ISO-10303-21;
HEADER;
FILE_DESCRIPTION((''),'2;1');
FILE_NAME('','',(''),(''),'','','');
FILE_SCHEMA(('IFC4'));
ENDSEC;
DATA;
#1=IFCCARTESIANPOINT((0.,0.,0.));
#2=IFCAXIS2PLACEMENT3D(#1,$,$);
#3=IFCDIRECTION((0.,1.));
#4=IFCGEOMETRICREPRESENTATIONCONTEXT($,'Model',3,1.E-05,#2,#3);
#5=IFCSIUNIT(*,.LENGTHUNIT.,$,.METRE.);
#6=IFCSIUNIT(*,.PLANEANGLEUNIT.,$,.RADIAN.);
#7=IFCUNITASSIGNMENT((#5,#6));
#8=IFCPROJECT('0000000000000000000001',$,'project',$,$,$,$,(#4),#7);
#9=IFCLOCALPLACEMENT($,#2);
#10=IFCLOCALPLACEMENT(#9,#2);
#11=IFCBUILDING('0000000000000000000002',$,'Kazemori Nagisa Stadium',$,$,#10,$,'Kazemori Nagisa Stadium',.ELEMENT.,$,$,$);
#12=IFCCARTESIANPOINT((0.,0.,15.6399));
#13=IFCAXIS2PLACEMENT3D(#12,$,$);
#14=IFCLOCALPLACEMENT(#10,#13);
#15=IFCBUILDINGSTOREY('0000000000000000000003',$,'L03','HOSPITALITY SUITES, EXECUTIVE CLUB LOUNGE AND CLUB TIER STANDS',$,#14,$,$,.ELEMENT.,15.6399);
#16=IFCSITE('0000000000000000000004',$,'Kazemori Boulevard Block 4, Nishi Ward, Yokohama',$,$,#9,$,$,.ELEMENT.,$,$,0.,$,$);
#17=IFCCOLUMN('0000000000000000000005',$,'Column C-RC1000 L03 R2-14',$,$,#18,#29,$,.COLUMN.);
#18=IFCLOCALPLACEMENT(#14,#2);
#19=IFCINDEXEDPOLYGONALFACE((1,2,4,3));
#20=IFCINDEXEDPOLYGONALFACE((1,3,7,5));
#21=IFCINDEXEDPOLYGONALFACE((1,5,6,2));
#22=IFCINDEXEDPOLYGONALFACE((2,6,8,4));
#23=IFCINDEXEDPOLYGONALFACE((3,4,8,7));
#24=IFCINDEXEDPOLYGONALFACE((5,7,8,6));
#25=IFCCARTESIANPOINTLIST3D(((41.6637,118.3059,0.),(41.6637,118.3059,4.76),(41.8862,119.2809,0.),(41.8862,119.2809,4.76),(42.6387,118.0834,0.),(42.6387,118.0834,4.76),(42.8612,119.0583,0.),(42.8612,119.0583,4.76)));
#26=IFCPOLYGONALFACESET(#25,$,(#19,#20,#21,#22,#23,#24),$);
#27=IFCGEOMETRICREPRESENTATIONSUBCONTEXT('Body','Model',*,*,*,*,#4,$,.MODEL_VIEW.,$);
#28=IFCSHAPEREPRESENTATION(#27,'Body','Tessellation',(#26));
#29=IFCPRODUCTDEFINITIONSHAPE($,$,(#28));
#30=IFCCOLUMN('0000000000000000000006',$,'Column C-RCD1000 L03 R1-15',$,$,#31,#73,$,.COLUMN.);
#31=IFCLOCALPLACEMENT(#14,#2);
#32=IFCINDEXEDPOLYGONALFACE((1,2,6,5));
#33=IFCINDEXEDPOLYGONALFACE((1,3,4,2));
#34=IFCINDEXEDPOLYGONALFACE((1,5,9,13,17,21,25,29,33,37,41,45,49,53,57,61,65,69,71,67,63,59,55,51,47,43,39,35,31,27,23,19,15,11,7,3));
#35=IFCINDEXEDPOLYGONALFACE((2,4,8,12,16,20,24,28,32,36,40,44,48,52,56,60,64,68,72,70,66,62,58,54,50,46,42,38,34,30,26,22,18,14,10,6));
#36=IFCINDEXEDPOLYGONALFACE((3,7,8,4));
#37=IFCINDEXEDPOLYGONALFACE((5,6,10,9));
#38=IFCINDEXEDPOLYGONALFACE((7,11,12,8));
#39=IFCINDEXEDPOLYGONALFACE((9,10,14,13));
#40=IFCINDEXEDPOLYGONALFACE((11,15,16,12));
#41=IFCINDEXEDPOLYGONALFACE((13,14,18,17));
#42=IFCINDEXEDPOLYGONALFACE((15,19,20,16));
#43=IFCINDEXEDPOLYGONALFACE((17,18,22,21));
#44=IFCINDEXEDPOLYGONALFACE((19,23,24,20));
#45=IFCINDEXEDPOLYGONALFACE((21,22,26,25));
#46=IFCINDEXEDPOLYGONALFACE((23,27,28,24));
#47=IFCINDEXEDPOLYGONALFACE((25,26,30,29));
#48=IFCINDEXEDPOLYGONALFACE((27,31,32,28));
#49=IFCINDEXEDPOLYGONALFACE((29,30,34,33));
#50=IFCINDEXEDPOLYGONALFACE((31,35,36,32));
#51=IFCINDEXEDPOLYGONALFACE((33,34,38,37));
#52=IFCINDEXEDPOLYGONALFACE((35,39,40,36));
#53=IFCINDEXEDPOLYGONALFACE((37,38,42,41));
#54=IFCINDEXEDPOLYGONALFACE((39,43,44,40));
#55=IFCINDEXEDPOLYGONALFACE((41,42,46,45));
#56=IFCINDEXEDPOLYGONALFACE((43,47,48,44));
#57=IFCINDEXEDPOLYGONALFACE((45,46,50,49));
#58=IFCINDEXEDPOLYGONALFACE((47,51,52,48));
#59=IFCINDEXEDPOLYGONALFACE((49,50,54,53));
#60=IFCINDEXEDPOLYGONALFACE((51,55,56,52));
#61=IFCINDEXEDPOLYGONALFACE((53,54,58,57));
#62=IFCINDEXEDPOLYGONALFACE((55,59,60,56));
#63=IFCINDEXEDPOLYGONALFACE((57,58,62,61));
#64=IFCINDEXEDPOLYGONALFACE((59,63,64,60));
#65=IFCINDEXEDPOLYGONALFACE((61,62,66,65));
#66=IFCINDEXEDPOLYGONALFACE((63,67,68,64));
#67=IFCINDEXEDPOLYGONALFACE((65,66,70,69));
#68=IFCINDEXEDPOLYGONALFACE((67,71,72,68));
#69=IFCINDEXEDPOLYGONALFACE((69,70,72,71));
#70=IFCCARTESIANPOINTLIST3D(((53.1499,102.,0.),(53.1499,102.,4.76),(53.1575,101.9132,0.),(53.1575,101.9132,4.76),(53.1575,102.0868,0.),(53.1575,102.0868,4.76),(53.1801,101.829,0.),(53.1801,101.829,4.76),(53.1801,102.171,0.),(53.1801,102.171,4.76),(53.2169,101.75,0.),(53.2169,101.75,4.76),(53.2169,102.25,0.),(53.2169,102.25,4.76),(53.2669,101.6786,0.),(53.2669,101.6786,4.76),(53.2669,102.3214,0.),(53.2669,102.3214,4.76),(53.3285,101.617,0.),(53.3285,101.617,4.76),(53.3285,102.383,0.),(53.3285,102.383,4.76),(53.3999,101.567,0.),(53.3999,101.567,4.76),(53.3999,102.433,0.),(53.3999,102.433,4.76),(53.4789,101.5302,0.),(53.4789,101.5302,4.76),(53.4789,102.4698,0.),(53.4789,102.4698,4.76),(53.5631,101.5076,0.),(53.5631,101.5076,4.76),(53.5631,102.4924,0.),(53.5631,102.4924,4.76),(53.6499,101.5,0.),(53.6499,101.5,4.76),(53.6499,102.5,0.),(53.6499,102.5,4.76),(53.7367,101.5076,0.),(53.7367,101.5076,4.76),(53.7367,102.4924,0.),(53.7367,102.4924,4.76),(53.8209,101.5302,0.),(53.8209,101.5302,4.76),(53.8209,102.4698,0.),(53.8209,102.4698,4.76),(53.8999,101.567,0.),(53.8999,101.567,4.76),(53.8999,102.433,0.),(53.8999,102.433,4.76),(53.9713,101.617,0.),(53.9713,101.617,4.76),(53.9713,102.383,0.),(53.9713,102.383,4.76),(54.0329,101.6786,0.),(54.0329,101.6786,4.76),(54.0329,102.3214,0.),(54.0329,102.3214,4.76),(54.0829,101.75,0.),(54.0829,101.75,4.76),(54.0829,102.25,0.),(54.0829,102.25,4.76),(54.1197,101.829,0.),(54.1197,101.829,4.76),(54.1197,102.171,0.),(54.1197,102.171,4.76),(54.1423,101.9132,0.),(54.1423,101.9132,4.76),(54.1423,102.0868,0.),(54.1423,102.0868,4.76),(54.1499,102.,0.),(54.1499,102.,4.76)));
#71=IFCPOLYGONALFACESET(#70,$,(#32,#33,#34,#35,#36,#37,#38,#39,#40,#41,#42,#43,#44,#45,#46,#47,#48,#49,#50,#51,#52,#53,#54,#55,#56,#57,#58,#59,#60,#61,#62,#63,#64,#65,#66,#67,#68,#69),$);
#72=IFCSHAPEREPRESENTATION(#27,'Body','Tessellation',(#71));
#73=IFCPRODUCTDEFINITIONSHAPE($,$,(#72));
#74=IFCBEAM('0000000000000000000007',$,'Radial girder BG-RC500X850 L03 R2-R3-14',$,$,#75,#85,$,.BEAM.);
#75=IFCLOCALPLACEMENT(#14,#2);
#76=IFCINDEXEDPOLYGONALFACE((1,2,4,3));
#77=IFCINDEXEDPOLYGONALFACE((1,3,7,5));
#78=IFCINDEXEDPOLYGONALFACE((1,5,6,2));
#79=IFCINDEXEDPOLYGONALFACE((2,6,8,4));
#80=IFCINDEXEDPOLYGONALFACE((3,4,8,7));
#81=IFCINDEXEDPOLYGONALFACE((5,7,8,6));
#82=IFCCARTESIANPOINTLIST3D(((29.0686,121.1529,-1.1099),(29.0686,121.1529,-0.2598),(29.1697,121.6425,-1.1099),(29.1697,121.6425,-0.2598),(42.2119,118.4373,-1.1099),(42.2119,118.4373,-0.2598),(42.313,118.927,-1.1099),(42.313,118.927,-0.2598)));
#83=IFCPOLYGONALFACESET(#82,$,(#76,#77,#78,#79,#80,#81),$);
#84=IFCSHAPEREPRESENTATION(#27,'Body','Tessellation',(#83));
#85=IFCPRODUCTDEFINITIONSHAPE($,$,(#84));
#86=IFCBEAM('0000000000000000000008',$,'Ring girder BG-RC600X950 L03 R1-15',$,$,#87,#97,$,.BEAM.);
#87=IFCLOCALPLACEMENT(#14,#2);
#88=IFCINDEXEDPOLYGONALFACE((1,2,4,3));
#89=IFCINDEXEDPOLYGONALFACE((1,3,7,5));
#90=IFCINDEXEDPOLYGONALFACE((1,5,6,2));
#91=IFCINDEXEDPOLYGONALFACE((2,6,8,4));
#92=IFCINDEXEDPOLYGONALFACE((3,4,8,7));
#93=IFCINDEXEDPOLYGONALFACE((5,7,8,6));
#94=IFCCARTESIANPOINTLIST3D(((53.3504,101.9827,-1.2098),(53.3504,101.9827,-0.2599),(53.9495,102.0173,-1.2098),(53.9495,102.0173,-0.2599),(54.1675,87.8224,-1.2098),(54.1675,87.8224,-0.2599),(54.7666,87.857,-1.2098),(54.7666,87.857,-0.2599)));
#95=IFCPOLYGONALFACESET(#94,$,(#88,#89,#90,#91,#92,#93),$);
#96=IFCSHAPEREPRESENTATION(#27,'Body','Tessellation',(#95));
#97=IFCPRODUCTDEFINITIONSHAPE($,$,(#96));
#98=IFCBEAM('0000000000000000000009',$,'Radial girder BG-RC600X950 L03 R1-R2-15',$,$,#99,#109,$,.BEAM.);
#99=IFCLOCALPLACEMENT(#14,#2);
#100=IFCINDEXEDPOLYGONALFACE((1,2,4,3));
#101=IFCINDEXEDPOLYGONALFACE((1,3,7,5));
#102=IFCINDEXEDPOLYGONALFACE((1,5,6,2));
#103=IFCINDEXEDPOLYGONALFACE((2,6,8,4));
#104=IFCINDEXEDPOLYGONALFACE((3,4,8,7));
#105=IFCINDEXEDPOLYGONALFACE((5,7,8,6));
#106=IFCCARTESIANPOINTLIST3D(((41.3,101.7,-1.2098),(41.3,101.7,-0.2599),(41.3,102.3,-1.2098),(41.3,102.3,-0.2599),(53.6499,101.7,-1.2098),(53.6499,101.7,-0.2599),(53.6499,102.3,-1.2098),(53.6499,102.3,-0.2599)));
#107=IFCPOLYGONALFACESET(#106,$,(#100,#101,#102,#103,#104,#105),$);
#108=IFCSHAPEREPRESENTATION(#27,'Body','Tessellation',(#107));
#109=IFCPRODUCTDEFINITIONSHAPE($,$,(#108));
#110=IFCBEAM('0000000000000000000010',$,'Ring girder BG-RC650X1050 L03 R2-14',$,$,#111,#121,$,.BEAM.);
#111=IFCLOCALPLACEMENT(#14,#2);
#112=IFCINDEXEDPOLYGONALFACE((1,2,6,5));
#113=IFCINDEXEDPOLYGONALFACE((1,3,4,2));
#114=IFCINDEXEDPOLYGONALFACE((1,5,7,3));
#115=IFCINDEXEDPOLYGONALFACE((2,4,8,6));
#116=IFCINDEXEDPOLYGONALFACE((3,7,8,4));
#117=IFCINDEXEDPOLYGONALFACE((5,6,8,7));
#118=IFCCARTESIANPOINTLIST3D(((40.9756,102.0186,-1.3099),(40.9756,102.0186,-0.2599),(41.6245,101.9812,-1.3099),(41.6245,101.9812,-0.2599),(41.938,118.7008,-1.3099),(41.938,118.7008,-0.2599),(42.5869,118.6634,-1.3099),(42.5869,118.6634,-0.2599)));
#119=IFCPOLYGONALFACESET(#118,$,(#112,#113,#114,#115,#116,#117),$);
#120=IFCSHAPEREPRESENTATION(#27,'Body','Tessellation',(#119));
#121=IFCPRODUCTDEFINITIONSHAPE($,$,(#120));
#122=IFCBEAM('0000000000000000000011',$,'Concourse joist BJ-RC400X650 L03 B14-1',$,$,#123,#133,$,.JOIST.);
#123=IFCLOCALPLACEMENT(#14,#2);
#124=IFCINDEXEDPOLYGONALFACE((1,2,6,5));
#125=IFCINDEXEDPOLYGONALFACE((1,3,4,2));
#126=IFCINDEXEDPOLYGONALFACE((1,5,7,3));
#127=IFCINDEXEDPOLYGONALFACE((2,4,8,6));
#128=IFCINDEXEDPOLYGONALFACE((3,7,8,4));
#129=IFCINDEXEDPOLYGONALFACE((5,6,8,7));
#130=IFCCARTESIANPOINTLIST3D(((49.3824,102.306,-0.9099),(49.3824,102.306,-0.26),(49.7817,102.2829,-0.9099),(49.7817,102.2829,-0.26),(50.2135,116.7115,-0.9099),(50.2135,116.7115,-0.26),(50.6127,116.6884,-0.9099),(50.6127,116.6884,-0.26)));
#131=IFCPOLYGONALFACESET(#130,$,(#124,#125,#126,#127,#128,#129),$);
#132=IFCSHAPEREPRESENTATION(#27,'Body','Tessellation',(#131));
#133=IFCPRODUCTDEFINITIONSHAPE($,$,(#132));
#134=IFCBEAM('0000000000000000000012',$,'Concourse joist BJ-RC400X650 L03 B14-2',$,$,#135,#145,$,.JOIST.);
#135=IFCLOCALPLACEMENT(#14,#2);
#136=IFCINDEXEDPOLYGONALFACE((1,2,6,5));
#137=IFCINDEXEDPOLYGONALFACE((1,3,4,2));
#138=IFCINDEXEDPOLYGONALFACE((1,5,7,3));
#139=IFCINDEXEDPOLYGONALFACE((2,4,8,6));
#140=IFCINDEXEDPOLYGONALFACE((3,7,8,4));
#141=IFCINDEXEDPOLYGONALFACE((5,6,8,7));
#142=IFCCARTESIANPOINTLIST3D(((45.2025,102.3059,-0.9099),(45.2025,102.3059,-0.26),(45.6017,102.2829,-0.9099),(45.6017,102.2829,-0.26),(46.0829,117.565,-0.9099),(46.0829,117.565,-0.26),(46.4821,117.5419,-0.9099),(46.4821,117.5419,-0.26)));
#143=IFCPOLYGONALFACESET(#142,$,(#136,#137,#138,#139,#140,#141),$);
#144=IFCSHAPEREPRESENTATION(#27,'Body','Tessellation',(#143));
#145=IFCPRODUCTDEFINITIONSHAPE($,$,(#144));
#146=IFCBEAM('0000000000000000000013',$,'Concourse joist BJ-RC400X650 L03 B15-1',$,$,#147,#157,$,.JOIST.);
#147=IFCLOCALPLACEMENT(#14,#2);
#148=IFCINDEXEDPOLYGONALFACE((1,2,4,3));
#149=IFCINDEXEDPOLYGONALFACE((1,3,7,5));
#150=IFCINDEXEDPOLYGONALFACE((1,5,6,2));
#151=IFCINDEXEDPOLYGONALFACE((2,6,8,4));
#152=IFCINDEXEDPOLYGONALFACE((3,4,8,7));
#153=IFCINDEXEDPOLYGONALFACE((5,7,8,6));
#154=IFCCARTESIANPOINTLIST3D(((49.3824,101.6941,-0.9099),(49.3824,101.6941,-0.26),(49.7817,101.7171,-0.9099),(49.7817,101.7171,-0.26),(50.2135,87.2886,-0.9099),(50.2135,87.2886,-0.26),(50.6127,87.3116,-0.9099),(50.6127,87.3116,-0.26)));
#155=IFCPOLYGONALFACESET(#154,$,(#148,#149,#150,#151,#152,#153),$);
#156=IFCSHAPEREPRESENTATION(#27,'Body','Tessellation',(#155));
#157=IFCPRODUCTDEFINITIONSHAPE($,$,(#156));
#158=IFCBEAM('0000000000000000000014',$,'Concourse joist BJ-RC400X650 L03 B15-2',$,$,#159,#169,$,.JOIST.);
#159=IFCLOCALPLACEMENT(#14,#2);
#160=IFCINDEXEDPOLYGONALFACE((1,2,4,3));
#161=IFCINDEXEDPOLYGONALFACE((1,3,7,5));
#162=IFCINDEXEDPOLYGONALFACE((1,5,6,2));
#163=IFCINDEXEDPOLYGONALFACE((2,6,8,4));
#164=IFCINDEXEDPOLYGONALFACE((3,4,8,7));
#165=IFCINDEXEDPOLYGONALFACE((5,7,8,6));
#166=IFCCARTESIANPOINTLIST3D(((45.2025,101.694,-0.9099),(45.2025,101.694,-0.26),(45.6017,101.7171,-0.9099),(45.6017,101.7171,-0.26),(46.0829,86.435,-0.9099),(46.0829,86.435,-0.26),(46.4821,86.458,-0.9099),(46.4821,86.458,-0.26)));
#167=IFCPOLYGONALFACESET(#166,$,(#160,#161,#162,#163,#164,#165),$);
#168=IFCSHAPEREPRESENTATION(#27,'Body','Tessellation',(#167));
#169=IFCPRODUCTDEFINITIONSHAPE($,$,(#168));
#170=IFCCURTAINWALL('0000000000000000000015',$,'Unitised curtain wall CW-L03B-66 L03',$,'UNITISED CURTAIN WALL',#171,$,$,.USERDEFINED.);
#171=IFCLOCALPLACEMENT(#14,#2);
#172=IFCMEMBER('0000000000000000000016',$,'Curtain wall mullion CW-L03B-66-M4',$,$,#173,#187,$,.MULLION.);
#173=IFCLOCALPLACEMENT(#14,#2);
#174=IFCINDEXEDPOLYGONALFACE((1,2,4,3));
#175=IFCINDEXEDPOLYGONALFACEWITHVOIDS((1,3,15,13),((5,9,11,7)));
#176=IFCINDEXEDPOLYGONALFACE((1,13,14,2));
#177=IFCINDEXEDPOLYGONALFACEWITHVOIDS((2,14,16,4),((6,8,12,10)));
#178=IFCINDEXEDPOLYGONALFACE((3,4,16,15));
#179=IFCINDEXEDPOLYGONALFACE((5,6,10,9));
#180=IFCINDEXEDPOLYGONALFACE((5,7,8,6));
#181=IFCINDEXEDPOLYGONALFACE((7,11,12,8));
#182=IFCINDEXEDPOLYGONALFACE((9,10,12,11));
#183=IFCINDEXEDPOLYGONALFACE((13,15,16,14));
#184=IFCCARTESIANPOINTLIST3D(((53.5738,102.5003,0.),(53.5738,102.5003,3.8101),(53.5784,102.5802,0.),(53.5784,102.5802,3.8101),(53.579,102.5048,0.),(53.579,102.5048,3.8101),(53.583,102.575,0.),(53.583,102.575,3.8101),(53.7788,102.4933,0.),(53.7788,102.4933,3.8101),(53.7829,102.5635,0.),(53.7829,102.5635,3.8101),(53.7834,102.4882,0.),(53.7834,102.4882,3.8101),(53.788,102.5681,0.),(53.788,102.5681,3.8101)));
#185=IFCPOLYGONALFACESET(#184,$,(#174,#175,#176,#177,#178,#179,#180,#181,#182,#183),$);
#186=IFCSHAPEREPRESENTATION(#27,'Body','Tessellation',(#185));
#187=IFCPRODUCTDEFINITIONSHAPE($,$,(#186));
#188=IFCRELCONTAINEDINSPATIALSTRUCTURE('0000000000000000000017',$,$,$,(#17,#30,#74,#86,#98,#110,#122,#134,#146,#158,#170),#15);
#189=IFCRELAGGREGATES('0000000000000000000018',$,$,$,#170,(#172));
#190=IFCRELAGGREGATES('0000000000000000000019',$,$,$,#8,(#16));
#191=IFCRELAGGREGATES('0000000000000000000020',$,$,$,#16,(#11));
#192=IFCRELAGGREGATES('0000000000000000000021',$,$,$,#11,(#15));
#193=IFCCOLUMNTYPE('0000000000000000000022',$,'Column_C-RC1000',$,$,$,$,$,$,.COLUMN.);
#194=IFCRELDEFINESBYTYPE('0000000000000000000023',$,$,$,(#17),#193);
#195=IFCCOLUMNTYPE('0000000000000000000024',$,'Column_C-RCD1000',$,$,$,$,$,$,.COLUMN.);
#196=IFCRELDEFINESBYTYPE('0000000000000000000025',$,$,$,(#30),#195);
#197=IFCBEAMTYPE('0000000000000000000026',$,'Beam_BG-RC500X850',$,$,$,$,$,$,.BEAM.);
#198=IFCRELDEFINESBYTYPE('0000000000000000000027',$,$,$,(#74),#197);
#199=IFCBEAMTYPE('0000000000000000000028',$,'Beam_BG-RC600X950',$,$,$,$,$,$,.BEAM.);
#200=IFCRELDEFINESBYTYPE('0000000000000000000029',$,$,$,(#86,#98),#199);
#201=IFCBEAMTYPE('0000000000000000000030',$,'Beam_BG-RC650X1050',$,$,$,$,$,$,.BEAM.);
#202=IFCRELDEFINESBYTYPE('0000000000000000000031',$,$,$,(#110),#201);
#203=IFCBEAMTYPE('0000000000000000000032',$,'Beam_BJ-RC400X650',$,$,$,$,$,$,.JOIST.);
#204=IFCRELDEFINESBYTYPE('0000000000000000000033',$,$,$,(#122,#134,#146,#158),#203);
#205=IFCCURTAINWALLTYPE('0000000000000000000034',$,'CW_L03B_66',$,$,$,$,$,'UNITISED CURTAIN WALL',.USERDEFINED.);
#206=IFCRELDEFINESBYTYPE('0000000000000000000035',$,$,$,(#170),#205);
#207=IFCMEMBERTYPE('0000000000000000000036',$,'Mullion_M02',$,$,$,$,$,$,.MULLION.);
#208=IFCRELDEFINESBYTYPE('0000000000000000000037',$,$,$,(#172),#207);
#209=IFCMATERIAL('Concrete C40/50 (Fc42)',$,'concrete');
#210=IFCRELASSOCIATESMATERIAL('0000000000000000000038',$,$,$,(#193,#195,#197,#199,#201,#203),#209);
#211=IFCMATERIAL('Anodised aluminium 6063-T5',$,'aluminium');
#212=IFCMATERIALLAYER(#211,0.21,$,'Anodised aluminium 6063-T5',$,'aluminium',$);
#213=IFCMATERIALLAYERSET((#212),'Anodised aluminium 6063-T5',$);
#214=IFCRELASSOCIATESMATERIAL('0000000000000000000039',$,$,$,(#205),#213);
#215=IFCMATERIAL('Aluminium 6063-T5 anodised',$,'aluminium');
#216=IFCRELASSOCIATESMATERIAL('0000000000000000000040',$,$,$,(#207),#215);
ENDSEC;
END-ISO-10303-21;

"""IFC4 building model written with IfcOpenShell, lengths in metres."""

from ifc_helpers import new_model, si_unit, direction, frame, origin, origin_2d, place, context, subcontext, project, spatial, rectangle, hollow_rectangle, circle, extrude, material, layer, layer_set, material_profile, profile_set, type_object, element, aggregate, save


model = new_model("IFC4")

# Units and contexts
model_context = context("Model", 3, precision=1e-05, world=origin(), true_north=direction((0.0, 1.0)))
body_context = subcontext(model_context, "Body", "Model", "MODEL_VIEW")
ifc_project = project(units=[si_unit("LENGTHUNIT", "METRE"), si_unit("PLANEANGLEUNIT", "RADIAN")], contexts=[model_context])

# Site, building, storey
site_placement = place(None, origin())
site = spatial("IfcSite", under=ifc_project, at=site_placement, Name="Kazemori Boulevard Block 4, Nishi Ward, Yokohama", CompositionType="ELEMENT", RefElevation=0.0)
building_placement = place(site_placement, origin())
building = spatial("IfcBuilding", under=site, at=building_placement, Name="Kazemori Nagisa Stadium", LongName="Kazemori Nagisa Stadium", CompositionType="ELEMENT")
storey_placement = place(building_placement, frame((0.0, 0.0, 15.6399)))
storey = spatial("IfcBuildingStorey", under=building, at=storey_placement, Name="L03", Description="HOSPITALITY SUITES, EXECUTIVE CLUB LOUNGE AND CLUB TIER STANDS", CompositionType="ELEMENT", Elevation=15.6399)

# Columns
ifc_material_1 = material(Name="Concrete C40/50 (Fc42)", Category="concrete")
ifc_material_profile_1 = material_profile(ifc_material_1, rectangle(XDim=1.0, YDim=1.0, at=origin_2d()), Name="RC-COL-1000x1000")
ifc_profile_set_1 = profile_set([ifc_material_profile_1], Name="Concrete C40/50 (Fc42)")
column_type_1 = type_object("IfcColumnType", Name="Column_C-RC1000", PredefinedType="COLUMN", material=ifc_profile_set_1)
column_1_placement = place(storey_placement, frame((42.2625, 118.6821, 0.0), z_axis=(0.0, 0.0, 1.0), x_axis=(-0.974928, 0.222521, 0.0)))
element("IfcColumn", 1, at=column_1_placement, inside=storey, type_object=column_type_1, Name="Column C-RC1000 L03 R2-14", PredefinedType="COLUMN", context=body_context, shape_type="SweptSolid", body=[
    extrude(rectangle(XDim=1.0, YDim=1.0, at=origin_2d()), origin(), (0.0, 0.0, 1.0), 4.76),
])
ifc_material_profile_2 = material_profile(ifc_material_1, circle(Radius=0.5, at=origin_2d()), Name="RC-COL-D1000")
ifc_profile_set_2 = profile_set([ifc_material_profile_2], Name="Concrete C40/50 (Fc42)")
column_type_2 = type_object("IfcColumnType", Name="Column_C-RCD1000", PredefinedType="COLUMN", material=ifc_profile_set_2)
column_2_placement = place(storey_placement, frame((53.6499, 102.0, 0.0), z_axis=(0.0, 0.0, 1.0), x_axis=(-1.0, 0.0, 0.0)))
element("IfcColumn", 2, at=column_2_placement, inside=storey, type_object=column_type_2, Name="Column C-RCD1000 L03 R1-15", PredefinedType="COLUMN", context=body_context, shape_type="SweptSolid", body=[
    extrude(circle(Radius=0.5, at=origin_2d()), origin(), (0.0, 0.0, 1.0), 4.76),
])

# Beams
ifc_material_profile_3 = material_profile(ifc_material_1, rectangle(XDim=0.5, YDim=0.8501, at=origin_2d()), Name="RC-BM-500x850")
ifc_profile_set_3 = profile_set([ifc_material_profile_3], Name="Concrete C40/50 (Fc42)")
beam_type_1 = type_object("IfcBeamType", Name="Beam_BG-RC500X850", PredefinedType="BEAM", material=ifc_profile_set_3)
beam_1_placement = place(storey_placement, frame((42.2625, 118.6821, -0.6848), z_axis=(-0.979316, 0.202339, 0.0), x_axis=(-0.202339, -0.979316, 0.0)))
element("IfcBeam", 3, at=beam_1_placement, inside=storey, type_object=beam_type_1, Name="Radial girder BG-RC500X850 L03 R2-R3-14", PredefinedType="BEAM", context=body_context, shape_type="SweptSolid", body=[
    extrude(rectangle(XDim=0.5, YDim=0.8501, at=origin_2d()), origin(), (0.0, 0.0, 1.0), 13.4209),
])
ifc_material_profile_4 = material_profile(ifc_material_1, rectangle(XDim=0.6001, YDim=0.95, at=origin_2d()), Name="RC-BM-600x950")
ifc_profile_set_4 = profile_set([ifc_material_profile_4], Name="Concrete C40/50 (Fc42)")
beam_type_2 = type_object("IfcBeamType", Name="Beam_BG-RC600X950", PredefinedType="BEAM", material=ifc_profile_set_4)
beam_2_placement = place(storey_placement, frame((53.6499, 102.0, -0.7349), z_axis=(0.05761, -0.998339, 0.0), x_axis=(0.998339, 0.05761, 0.0)))
element("IfcBeam", 4, at=beam_2_placement, inside=storey, type_object=beam_type_2, Name="Ring girder BG-RC600X950 L03 R1-15", PredefinedType="BEAM", context=body_context, shape_type="SweptSolid", body=[
    extrude(rectangle(XDim=0.6001, YDim=0.95, at=origin_2d()), origin(), (0.0, 0.0, 1.0), 14.1838),
])
beam_3_placement = place(storey_placement, frame((53.6499, 102.0, -0.7349), z_axis=(-1.0, 0.0, 0.0), x_axis=(0.0, -1.0, 0.0)))
element("IfcBeam", 5, at=beam_3_placement, inside=storey, type_object=beam_type_2, Name="Radial girder BG-RC600X950 L03 R1-R2-15", PredefinedType="BEAM", context=body_context, shape_type="SweptSolid", body=[
    extrude(rectangle(XDim=0.6001, YDim=0.95, at=origin_2d()), origin(), (0.0, 0.0, 1.0), 12.3499),
])
ifc_material_profile_5 = material_profile(ifc_material_1, rectangle(XDim=0.6499, YDim=1.05, at=origin_2d()), Name="RC-BM-650x1050")
ifc_profile_set_5 = profile_set([ifc_material_profile_5], Name="Concrete C40/50 (Fc42)")
beam_type_3 = type_object("IfcBeamType", Name="Beam_BG-RC650X1050", PredefinedType="BEAM", material=ifc_profile_set_5)
beam_4_placement = place(storey_placement, frame((42.2625, 118.6821, -0.7849), z_axis=(-0.057595, -0.99834, 0.0), x_axis=(0.99834, -0.057595, 0.0)))
element("IfcBeam", 6, at=beam_4_placement, inside=storey, type_object=beam_type_3, Name="Ring girder BG-RC650X1050 L03 R2-14", PredefinedType="BEAM", context=body_context, shape_type="SweptSolid", body=[
    extrude(rectangle(XDim=0.6499, YDim=1.05, at=origin_2d()), origin(), (0.0, 0.0, 1.0), 16.71),
])
ifc_material_profile_6 = material_profile(ifc_material_1, rectangle(XDim=0.3999, YDim=0.6499, at=origin_2d()), Name="RC-BM-400x650")
ifc_profile_set_6 = profile_set([ifc_material_profile_6], Name="Concrete C40/50 (Fc42)")
beam_type_4 = type_object("IfcBeamType", Name="Beam_BJ-RC400X650", PredefinedType="JOIST", material=ifc_profile_set_6)
beam_5_placement = place(storey_placement, frame((50.4131, 116.7, -0.585), z_axis=(-0.057594, -0.99834, 0.0), x_axis=(0.99834, -0.057594, 0.0)))
element("IfcBeam", 7, at=beam_5_placement, inside=storey, type_object=beam_type_4, Name="Concourse joist BJ-RC400X650 L03 B14-1", PredefinedType="JOIST", context=body_context, shape_type="SweptSolid", body=[
    extrude(rectangle(XDim=0.3999, YDim=0.6499, at=origin_2d()), origin(), (0.0, 0.0, 1.0), 14.4294),
])
beam_6_placement = place(storey_placement, frame((46.2825, 117.5535, -0.585), z_axis=(-0.057599, -0.99834, 0.0), x_axis=(0.99834, -0.057599, 0.0)))
element("IfcBeam", 8, at=beam_6_placement, inside=storey, type_object=beam_type_4, Name="Concourse joist BJ-RC400X650 L03 B14-2", PredefinedType="JOIST", context=body_context, shape_type="SweptSolid", body=[
    extrude(rectangle(XDim=0.3999, YDim=0.6499, at=origin_2d()), origin(), (0.0, 0.0, 1.0), 15.2844),
])
beam_7_placement = place(storey_placement, frame((49.582, 101.7056, -0.585), z_axis=(0.057594, -0.99834, 0.0), x_axis=(0.99834, 0.057594, 0.0)))
element("IfcBeam", 9, at=beam_7_placement, inside=storey, type_object=beam_type_4, Name="Concourse joist BJ-RC400X650 L03 B15-1", PredefinedType="JOIST", context=body_context, shape_type="SweptSolid", body=[
    extrude(rectangle(XDim=0.3999, YDim=0.6499, at=origin_2d()), origin(), (0.0, 0.0, 1.0), 14.4294),
])
beam_8_placement = place(storey_placement, frame((45.4021, 101.7056, -0.585), z_axis=(0.057599, -0.99834, 0.0), x_axis=(0.99834, 0.057599, 0.0)))
element("IfcBeam", 10, at=beam_8_placement, inside=storey, type_object=beam_type_4, Name="Concourse joist BJ-RC400X650 L03 B15-2", PredefinedType="JOIST", context=body_context, shape_type="SweptSolid", body=[
    extrude(rectangle(XDim=0.3999, YDim=0.6499, at=origin_2d()), origin(), (0.0, 0.0, 1.0), 15.2844),
])

# Curtain wall, member
ifc_material_2 = material(Name="Anodised aluminium 6063-T5", Category="aluminium")
ifc_layer_1 = layer(ifc_material_2, 0.21, Name="Anodised aluminium 6063-T5", Category="aluminium")
ifc_layer_set_1 = layer_set([ifc_layer_1], Name="Anodised aluminium 6063-T5")
curtain_wall_type = type_object("IfcCurtainWallType", Name="CW_L03B_66", ElementType="UNITISED CURTAIN WALL", PredefinedType="USERDEFINED", material=ifc_layer_set_1)
curtain_wall_1_placement = place(storey_placement, origin())
curtain_wall_1 = element("IfcCurtainWall", 11, at=curtain_wall_1_placement, inside=storey, type_object=curtain_wall_type, Name="Unitised curtain wall CW-L03B-66 L03", ObjectType="UNITISED CURTAIN WALL", PredefinedType="USERDEFINED")
ifc_material_3 = material(Name="Aluminium 6063-T5 anodised", Category="aluminium")
ifc_material_profile_7 = material_profile(ifc_material_3, hollow_rectangle(XDim=0.0801, YDim=0.21, WallThickness=0.0049, at=origin_2d()), Name="ALU-MULL-80x210x5")
ifc_profile_set_7 = profile_set([ifc_material_profile_7], Name="Aluminium 6063-T5 anodised")
member_type = type_object("IfcMemberType", Name="Mullion_M02", PredefinedType="MULLION", material=ifc_profile_set_7)
member_1_placement = place(storey_placement, frame((53.6809, 102.5342, 0.0), z_axis=(0.0, 0.0, 1.0), x_axis=(-0.057602, -0.99834, 0.0)))
member_1 = element("IfcMember", 12, at=member_1_placement, type_object=member_type, Name="Curtain wall mullion CW-L03B-66-M4", PredefinedType="MULLION", context=body_context, shape_type="SweptSolid", body=[
    extrude(hollow_rectangle(XDim=0.0801, YDim=0.21, WallThickness=0.0049, at=origin_2d()), origin(), (0.0, 0.0, 1.0), 3.8101),
])
aggregate(curtain_wall_1, [member_1])

save(model, "model.ifc")
